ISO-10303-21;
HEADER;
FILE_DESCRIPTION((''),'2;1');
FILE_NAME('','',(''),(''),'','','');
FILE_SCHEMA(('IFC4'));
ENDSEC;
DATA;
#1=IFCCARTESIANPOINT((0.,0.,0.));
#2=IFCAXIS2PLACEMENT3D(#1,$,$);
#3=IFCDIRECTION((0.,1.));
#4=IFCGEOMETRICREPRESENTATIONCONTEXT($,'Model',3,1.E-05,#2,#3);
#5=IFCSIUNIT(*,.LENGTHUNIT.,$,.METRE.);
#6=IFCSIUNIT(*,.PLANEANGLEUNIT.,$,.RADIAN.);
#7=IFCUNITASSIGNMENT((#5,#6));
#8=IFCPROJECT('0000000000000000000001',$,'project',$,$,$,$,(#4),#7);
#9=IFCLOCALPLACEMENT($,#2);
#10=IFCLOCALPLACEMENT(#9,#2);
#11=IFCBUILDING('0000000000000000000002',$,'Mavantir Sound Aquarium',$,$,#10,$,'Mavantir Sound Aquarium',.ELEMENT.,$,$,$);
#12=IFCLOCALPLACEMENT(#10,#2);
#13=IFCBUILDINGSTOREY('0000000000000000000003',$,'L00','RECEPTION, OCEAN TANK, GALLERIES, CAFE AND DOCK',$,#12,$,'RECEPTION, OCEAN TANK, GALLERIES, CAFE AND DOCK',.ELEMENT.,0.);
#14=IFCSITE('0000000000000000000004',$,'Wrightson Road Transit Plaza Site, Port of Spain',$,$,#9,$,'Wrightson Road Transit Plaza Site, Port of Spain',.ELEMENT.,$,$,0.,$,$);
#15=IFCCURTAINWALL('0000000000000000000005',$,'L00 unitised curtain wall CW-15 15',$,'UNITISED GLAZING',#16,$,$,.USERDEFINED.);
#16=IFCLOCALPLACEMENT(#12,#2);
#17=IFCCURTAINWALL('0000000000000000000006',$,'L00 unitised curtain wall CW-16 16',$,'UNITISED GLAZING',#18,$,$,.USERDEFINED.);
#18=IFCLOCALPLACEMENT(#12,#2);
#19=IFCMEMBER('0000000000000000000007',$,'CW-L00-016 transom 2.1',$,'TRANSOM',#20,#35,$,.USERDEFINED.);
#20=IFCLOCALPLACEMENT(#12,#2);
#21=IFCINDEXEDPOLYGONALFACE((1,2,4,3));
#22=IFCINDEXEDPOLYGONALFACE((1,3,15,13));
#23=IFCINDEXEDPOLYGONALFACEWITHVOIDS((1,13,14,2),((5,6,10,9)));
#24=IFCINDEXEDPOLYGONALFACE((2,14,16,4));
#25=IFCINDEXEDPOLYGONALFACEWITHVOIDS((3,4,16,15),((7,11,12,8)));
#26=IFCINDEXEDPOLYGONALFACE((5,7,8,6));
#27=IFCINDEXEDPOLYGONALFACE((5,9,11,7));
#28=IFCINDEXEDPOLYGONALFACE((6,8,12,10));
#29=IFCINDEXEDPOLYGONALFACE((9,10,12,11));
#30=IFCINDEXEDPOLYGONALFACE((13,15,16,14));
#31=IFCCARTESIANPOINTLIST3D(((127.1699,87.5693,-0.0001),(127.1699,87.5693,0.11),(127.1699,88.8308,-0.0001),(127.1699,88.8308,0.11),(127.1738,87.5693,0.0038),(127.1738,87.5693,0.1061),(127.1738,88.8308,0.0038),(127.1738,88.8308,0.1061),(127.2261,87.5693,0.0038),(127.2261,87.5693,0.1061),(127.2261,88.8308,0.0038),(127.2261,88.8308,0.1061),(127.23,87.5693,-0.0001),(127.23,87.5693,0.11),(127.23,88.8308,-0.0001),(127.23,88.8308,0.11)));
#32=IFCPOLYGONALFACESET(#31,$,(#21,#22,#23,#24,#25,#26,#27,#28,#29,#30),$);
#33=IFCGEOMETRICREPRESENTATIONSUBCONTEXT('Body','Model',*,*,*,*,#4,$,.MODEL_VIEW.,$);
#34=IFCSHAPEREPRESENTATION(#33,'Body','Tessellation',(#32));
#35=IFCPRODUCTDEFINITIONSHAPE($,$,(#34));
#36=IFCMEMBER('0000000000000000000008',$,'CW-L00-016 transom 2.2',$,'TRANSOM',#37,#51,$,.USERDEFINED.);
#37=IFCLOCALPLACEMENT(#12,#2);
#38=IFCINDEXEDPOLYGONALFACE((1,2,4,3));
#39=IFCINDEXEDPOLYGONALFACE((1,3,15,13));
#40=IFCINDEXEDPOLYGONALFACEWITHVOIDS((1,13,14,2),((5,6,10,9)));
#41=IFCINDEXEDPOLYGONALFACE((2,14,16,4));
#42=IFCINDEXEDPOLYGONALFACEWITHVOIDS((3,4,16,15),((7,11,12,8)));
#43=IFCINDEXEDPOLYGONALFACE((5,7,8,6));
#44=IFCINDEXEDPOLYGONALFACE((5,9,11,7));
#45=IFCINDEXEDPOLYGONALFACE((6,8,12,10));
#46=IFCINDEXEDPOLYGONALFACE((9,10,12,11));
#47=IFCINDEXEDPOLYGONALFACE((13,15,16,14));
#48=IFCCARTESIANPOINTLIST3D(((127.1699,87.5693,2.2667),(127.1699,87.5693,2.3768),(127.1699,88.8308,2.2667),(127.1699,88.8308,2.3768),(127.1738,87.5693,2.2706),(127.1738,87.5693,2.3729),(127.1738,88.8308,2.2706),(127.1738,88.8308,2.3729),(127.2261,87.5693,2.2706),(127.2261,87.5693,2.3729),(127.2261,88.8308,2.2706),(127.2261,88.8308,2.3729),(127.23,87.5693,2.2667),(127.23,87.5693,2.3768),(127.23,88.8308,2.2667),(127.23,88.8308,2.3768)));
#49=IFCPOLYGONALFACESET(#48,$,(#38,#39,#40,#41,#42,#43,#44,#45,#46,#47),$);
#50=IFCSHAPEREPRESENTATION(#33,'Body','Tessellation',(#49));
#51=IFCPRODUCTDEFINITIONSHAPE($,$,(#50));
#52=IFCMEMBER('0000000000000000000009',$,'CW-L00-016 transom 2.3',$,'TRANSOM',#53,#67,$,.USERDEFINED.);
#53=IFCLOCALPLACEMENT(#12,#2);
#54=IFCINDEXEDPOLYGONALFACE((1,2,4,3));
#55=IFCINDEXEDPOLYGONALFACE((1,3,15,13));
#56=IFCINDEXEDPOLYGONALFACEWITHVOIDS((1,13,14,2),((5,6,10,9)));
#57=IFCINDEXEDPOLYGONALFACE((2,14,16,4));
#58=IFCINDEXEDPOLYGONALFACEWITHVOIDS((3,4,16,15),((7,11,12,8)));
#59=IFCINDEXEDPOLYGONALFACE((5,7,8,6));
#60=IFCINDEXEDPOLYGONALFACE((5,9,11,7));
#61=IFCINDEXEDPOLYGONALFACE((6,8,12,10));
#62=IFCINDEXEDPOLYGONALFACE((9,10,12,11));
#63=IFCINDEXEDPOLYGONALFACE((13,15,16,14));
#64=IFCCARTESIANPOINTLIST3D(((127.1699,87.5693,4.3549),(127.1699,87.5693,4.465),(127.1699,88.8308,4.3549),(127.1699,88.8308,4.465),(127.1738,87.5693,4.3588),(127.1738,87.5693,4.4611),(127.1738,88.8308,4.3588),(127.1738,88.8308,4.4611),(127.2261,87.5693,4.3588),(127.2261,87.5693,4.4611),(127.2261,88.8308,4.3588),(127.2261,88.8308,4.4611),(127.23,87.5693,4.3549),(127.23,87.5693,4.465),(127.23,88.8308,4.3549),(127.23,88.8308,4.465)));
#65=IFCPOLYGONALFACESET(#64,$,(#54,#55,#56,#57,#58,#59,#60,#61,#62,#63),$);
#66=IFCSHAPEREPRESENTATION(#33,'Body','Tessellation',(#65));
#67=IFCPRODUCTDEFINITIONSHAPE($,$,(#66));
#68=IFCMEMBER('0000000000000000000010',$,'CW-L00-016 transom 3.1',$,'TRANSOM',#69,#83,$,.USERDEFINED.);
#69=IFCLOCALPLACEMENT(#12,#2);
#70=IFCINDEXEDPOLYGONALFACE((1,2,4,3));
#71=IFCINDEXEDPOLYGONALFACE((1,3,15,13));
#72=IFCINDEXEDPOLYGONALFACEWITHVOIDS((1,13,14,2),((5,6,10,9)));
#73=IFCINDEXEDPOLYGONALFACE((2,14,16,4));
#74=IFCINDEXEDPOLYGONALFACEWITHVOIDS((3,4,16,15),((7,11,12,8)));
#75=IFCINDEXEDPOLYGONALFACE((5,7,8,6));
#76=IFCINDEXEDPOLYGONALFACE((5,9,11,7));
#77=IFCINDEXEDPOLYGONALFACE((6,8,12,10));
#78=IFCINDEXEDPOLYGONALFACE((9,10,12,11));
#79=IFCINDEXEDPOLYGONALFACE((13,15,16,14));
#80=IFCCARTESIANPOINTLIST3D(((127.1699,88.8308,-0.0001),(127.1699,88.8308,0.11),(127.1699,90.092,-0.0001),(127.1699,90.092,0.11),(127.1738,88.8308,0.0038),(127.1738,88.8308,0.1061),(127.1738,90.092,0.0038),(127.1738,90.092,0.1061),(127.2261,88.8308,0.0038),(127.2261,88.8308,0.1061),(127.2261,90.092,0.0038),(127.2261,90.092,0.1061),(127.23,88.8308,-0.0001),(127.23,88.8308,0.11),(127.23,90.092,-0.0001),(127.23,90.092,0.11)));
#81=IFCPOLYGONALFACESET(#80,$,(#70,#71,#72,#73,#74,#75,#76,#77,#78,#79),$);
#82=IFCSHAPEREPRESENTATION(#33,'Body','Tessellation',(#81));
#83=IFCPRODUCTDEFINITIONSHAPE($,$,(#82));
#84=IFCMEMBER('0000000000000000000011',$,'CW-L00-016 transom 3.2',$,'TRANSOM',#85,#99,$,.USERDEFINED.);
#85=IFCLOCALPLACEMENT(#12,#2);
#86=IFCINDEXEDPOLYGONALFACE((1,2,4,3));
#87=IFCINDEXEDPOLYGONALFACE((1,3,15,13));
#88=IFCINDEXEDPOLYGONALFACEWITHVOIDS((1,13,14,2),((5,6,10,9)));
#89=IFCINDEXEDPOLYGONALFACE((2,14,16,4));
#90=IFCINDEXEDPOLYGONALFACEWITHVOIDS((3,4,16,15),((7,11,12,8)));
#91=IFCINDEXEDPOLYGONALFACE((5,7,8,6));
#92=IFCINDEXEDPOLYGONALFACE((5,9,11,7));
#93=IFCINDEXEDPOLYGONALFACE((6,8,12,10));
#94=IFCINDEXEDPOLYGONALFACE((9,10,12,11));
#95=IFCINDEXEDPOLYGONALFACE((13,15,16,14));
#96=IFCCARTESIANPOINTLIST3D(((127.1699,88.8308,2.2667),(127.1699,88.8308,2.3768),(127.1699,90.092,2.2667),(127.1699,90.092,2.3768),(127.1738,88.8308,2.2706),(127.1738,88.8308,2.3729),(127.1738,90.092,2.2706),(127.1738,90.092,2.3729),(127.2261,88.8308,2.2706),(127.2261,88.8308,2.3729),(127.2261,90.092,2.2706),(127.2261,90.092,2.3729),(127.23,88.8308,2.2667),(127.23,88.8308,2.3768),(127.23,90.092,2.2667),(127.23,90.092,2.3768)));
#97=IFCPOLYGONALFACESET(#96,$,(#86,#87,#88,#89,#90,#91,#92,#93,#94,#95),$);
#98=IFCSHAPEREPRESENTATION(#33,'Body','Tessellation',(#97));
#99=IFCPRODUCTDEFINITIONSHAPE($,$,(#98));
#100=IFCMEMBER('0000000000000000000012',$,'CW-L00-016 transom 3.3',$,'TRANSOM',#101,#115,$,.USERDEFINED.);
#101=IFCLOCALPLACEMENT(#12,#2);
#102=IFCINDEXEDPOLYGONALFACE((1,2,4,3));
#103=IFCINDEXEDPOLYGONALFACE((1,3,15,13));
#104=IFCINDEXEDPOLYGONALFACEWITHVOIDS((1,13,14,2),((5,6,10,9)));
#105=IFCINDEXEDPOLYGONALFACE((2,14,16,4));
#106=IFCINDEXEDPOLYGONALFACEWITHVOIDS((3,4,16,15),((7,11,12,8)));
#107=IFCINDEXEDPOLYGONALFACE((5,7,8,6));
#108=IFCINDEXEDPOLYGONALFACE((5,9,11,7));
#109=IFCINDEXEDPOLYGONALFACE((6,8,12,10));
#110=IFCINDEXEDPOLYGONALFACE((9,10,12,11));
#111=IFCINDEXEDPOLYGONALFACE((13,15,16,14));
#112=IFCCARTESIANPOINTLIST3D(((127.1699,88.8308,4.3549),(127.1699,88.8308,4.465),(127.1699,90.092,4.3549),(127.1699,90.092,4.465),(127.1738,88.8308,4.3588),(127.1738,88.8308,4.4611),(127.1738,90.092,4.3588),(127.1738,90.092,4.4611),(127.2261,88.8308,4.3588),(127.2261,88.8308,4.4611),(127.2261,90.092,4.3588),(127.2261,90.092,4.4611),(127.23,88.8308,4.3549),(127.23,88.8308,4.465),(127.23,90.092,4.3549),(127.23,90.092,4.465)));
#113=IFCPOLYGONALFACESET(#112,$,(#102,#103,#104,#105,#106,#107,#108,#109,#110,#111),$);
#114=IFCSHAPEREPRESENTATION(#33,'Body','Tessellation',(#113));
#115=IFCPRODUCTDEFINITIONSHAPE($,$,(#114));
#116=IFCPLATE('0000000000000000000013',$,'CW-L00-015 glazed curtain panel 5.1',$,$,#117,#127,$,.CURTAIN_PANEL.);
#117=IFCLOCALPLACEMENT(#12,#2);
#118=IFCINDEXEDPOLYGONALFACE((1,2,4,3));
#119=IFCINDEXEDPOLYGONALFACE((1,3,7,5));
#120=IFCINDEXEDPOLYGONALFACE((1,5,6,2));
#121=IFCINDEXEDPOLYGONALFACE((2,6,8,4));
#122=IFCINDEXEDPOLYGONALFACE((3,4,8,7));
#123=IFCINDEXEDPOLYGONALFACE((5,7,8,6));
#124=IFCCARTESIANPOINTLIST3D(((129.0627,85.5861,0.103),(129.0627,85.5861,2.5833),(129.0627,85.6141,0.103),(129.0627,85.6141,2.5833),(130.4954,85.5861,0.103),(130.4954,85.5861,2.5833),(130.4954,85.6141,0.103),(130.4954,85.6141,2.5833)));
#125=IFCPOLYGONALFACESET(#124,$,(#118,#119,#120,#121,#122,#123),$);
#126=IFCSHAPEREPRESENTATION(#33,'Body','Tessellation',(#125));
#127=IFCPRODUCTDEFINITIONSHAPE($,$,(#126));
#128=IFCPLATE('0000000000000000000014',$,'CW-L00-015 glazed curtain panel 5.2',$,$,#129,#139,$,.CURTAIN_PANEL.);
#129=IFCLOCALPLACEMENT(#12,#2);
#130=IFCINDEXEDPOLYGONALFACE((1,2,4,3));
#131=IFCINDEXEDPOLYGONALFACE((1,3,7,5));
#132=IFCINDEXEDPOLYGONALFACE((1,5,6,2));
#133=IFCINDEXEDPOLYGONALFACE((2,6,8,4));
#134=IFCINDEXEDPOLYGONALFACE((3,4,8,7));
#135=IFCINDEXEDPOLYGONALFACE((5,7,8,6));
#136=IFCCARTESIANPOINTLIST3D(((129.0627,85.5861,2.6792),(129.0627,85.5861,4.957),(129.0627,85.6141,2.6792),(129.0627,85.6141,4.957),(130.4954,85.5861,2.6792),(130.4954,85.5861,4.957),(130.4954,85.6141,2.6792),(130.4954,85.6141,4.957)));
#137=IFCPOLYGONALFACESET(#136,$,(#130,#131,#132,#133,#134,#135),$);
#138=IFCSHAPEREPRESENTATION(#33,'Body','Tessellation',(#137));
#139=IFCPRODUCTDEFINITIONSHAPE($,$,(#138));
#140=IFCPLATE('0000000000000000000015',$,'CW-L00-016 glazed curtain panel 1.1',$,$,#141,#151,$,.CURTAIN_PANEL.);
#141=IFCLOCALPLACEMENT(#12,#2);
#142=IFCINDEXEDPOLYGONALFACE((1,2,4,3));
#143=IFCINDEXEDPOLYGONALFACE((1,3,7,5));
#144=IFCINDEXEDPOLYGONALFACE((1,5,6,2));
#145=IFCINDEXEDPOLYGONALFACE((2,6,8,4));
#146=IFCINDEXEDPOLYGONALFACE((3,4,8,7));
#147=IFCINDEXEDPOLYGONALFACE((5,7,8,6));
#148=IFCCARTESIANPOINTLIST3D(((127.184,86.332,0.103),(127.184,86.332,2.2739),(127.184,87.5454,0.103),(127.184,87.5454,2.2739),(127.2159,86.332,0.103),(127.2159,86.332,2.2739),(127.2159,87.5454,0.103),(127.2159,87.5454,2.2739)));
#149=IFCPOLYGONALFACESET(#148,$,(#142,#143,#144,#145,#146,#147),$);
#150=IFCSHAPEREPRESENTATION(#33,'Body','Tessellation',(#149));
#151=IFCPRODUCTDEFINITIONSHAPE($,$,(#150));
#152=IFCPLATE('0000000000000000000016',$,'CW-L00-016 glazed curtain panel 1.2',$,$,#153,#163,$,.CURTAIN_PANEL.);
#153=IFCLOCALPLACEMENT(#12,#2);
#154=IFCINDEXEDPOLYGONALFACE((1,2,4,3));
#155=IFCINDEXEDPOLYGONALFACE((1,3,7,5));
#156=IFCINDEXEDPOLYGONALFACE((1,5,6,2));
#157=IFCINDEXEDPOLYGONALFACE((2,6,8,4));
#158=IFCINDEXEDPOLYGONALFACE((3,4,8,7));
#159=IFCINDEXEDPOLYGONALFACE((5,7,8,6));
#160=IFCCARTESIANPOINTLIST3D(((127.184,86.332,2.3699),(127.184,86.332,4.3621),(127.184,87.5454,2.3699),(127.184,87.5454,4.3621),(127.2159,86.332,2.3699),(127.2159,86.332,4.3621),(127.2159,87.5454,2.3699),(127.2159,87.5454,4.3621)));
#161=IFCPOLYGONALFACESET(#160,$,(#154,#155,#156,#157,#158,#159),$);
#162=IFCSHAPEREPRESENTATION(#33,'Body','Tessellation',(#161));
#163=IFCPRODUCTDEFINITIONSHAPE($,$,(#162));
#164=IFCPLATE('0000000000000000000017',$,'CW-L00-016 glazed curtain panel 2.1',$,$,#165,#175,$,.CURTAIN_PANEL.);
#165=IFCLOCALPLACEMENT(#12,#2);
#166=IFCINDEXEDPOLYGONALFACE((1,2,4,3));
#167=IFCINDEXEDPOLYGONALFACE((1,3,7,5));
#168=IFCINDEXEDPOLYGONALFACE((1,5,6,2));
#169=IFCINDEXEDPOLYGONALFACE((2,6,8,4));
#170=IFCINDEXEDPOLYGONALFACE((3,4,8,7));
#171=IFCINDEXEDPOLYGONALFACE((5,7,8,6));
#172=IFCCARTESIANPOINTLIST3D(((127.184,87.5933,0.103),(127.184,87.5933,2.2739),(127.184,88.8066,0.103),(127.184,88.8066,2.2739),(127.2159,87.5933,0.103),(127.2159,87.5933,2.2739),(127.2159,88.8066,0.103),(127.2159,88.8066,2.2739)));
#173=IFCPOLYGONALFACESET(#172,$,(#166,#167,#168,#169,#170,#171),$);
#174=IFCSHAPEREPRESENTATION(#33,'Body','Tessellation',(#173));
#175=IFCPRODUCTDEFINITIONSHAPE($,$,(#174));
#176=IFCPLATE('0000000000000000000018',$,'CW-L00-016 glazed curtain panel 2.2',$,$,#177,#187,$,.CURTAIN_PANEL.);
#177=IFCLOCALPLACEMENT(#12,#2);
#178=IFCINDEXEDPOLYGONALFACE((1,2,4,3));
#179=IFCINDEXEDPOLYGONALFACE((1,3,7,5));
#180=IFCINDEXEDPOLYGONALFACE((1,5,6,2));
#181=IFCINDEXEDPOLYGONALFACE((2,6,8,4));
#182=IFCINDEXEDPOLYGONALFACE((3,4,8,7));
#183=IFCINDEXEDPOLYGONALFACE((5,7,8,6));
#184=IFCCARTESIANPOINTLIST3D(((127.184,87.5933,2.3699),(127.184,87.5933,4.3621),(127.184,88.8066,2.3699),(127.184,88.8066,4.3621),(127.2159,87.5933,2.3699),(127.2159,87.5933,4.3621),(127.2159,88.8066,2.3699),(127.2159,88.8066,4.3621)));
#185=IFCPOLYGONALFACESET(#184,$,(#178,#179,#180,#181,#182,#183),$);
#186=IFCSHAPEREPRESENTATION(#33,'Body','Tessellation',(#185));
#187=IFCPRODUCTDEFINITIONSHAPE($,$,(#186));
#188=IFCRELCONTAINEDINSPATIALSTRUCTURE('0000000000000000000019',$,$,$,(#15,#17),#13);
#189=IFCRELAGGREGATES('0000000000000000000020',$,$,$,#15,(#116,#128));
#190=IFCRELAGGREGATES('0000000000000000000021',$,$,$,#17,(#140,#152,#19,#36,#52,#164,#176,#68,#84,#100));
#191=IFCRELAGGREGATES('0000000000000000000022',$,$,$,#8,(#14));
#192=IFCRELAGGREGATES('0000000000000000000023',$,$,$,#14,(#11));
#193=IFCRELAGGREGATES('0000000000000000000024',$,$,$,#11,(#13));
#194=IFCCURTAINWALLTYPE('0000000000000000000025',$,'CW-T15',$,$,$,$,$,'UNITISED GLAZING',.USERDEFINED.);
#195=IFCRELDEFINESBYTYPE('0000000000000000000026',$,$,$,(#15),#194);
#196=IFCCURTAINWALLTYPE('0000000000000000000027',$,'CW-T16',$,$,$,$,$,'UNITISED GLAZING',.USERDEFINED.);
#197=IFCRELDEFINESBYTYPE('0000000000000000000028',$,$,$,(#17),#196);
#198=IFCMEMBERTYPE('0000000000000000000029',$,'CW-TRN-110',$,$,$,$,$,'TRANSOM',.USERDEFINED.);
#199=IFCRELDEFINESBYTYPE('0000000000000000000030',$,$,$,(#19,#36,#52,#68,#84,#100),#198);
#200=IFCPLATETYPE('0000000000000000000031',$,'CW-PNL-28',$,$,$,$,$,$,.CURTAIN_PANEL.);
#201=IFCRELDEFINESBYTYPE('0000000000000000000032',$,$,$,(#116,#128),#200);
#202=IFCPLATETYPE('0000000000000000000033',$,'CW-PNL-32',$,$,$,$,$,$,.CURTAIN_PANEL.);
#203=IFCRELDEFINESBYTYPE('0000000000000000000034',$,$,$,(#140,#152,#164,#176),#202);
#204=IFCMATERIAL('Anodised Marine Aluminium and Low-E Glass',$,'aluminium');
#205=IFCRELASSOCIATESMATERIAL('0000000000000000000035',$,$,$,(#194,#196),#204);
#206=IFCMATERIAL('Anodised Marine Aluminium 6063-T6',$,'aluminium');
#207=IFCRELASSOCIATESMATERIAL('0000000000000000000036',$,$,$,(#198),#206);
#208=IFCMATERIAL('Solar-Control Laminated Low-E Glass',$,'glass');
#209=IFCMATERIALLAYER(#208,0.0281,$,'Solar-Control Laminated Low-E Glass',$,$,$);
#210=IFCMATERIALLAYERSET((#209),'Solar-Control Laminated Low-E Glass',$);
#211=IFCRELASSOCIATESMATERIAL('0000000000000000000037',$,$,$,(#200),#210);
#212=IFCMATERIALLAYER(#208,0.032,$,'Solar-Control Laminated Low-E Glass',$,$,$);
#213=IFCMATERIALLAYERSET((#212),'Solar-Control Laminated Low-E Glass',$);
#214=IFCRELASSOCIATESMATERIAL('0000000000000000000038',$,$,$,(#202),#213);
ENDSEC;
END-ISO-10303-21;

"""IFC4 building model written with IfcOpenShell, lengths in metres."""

from ifc_helpers import new_model, si_unit, direction, frame, origin, origin_2d, place, context, subcontext, project, spatial, rectangle, hollow_rectangle, extrude, material, layer, layer_set, material_profile, profile_set, type_object, element, aggregate, save


model = new_model("IFC4")

# Units and contexts
model_context = context("Model", 3, precision=1e-05, world=origin(), true_north=direction((0.0, 1.0)))
body_context = subcontext(model_context, "Body", "Model", "MODEL_VIEW")
ifc_project = project(units=[si_unit("LENGTHUNIT", "METRE"), si_unit("PLANEANGLEUNIT", "RADIAN")], contexts=[model_context])

# Site, building, storey
site_placement = place(None, origin())
site = spatial("IfcSite", under=ifc_project, at=site_placement, Name="Wrightson Road Transit Plaza Site, Port of Spain", LongName="Wrightson Road Transit Plaza Site, Port of Spain", CompositionType="ELEMENT", RefElevation=0.0)
building_placement = place(site_placement, origin())
building = spatial("IfcBuilding", under=site, at=building_placement, Name="Mavantir Sound Aquarium", LongName="Mavantir Sound Aquarium", CompositionType="ELEMENT")
storey_placement = place(building_placement, origin())
storey = spatial("IfcBuildingStorey", under=building, at=storey_placement, Name="L00", Description="RECEPTION, OCEAN TANK, GALLERIES, CAFE AND DOCK", LongName="RECEPTION, OCEAN TANK, GALLERIES, CAFE AND DOCK", CompositionType="ELEMENT", Elevation=0.0)

# Curtain wall
ifc_material_1 = material(Name="Anodised Marine Aluminium and Low-E Glass", Category="aluminium")
curtain_wall_type_1 = type_object("IfcCurtainWallType", Name="CW-T15", ElementType="UNITISED GLAZING", PredefinedType="USERDEFINED", material=ifc_material_1)
curtain_wall_1_placement = place(storey_placement, origin())
curtain_wall_1 = element("IfcCurtainWall", 1, at=curtain_wall_1_placement, inside=storey, type_object=curtain_wall_type_1, Name="L00 unitised curtain wall CW-15 15", ObjectType="UNITISED GLAZING", PredefinedType="USERDEFINED")
ifc_material_2 = material(Name="Anodised Marine Aluminium 6063-T6", Category="aluminium")

# Curtain wall
curtain_wall_type_2 = type_object("IfcCurtainWallType", Name="CW-T16", ElementType="UNITISED GLAZING", PredefinedType="USERDEFINED", material=ifc_material_1)
curtain_wall_2_placement = place(storey_placement, origin())
curtain_wall_2 = element("IfcCurtainWall", 2, at=curtain_wall_2_placement, inside=storey, type_object=curtain_wall_type_2, Name="L00 unitised curtain wall CW-16 16", ObjectType="UNITISED GLAZING", PredefinedType="USERDEFINED")

# Members
ifc_material_profile_1 = material_profile(ifc_material_2, hollow_rectangle(XDim=0.0601, YDim=0.1101, WallThickness=0.0039, at=origin_2d()), Name="ALU-TRANSOM-110X60")
ifc_profile_set_1 = profile_set([ifc_material_profile_1], Name="Anodised Marine Aluminium 6063-T6")
member_type_1 = type_object("IfcMemberType", Name="CW-TRN-110", ElementType="TRANSOM", PredefinedType="USERDEFINED", material=ifc_profile_set_1)
member_1_placement = place(storey_placement, frame((127.2, 87.5693, 0.0549), z_axis=(0.0, 1.0, 0.0), x_axis=(-1.0, 0.0, 0.0)))
member_1 = element("IfcMember", 3, at=member_1_placement, type_object=member_type_1, Name="CW-L00-016 transom 2.1", ObjectType="TRANSOM", PredefinedType="USERDEFINED", context=body_context, shape_type="SweptSolid", body=[
    extrude(hollow_rectangle(XDim=0.0601, YDim=0.1101, WallThickness=0.0039, at=origin_2d()), origin(), (0.0, 0.0, 1.0), 1.2615),
])
member_2_placement = place(storey_placement, frame((127.2, 87.5693, 2.3218), z_axis=(0.0, 1.0, 0.0), x_axis=(-1.0, 0.0, 0.0)))
member_2 = element("IfcMember", 4, at=member_2_placement, type_object=member_type_1, Name="CW-L00-016 transom 2.2", ObjectType="TRANSOM", PredefinedType="USERDEFINED", context=body_context, shape_type="SweptSolid", body=[
    extrude(hollow_rectangle(XDim=0.0601, YDim=0.1101, WallThickness=0.0039, at=origin_2d()), origin(), (0.0, 0.0, 1.0), 1.2615),
])
member_3_placement = place(storey_placement, frame((127.2, 87.5693, 4.4099), z_axis=(0.0, 1.0, 0.0), x_axis=(-1.0, 0.0, 0.0)))
member_3 = element("IfcMember", 5, at=member_3_placement, type_object=member_type_1, Name="CW-L00-016 transom 2.3", ObjectType="TRANSOM", PredefinedType="USERDEFINED", context=body_context, shape_type="SweptSolid", body=[
    extrude(hollow_rectangle(XDim=0.0601, YDim=0.1101, WallThickness=0.0039, at=origin_2d()), origin(), (0.0, 0.0, 1.0), 1.2615),
])
member_4_placement = place(storey_placement, frame((127.2, 88.8308, 0.0549), z_axis=(0.0, 1.0, 0.0), x_axis=(-1.0, 0.0, 0.0)))
member_4 = element("IfcMember", 6, at=member_4_placement, type_object=member_type_1, Name="CW-L00-016 transom 3.1", ObjectType="TRANSOM", PredefinedType="USERDEFINED", context=body_context, shape_type="SweptSolid", body=[
    extrude(hollow_rectangle(XDim=0.0601, YDim=0.1101, WallThickness=0.0039, at=origin_2d()), origin(), (0.0, 0.0, 1.0), 1.2612),
])
member_5_placement = place(storey_placement, frame((127.2, 88.8308, 2.3218), z_axis=(0.0, 1.0, 0.0), x_axis=(-1.0, 0.0, 0.0)))
member_5 = element("IfcMember", 7, at=member_5_placement, type_object=member_type_1, Name="CW-L00-016 transom 3.2", ObjectType="TRANSOM", PredefinedType="USERDEFINED", context=body_context, shape_type="SweptSolid", body=[
    extrude(hollow_rectangle(XDim=0.0601, YDim=0.1101, WallThickness=0.0039, at=origin_2d()), origin(), (0.0, 0.0, 1.0), 1.2612),
])
member_6_placement = place(storey_placement, frame((127.2, 88.8308, 4.4099), z_axis=(0.0, 1.0, 0.0), x_axis=(-1.0, 0.0, 0.0)))
member_6 = element("IfcMember", 8, at=member_6_placement, type_object=member_type_1, Name="CW-L00-016 transom 3.3", ObjectType="TRANSOM", PredefinedType="USERDEFINED", context=body_context, shape_type="SweptSolid", body=[
    extrude(hollow_rectangle(XDim=0.0601, YDim=0.1101, WallThickness=0.0039, at=origin_2d()), origin(), (0.0, 0.0, 1.0), 1.2612),
])

# Plates
ifc_material_3 = material(Name="Solar-Control Laminated Low-E Glass", Category="glass")
ifc_layer_1 = layer(ifc_material_3, 0.0281, Name="Solar-Control Laminated Low-E Glass")
ifc_layer_set_1 = layer_set([ifc_layer_1], Name="Solar-Control Laminated Low-E Glass")
plate_type_1 = type_object("IfcPlateType", Name="CW-PNL-28", PredefinedType="CURTAIN_PANEL", material=ifc_layer_set_1)
plate_1_placement = place(storey_placement, frame((129.7791, 85.6001, 0.103), z_axis=(0.0, 0.0, 1.0), x_axis=(-1.0, 0.0, 0.0)))
plate_1 = element("IfcPlate", 9, at=plate_1_placement, type_object=plate_type_1, Name="CW-L00-015 glazed curtain panel 5.1", PredefinedType="CURTAIN_PANEL", context=body_context, shape_type="SweptSolid", body=[
    extrude(rectangle(XDim=1.4326, YDim=0.0281, at=origin_2d()), origin(), (0.0, 0.0, 1.0), 2.4802),
])
plate_2_placement = place(storey_placement, frame((129.7791, 85.6001, 2.6792), z_axis=(0.0, 0.0, 1.0), x_axis=(-1.0, 0.0, 0.0)))
plate_2 = element("IfcPlate", 10, at=plate_2_placement, type_object=plate_type_1, Name="CW-L00-015 glazed curtain panel 5.2", PredefinedType="CURTAIN_PANEL", context=body_context, shape_type="SweptSolid", body=[
    extrude(rectangle(XDim=1.4326, YDim=0.0281, at=origin_2d()), origin(), (0.0, 0.0, 1.0), 2.2778),
])
aggregate(curtain_wall_1, [plate_1, plate_2])
ifc_layer_2 = layer(ifc_material_3, 0.032, Name="Solar-Control Laminated Low-E Glass")
ifc_layer_set_2 = layer_set([ifc_layer_2], Name="Solar-Control Laminated Low-E Glass")
plate_type_2 = type_object("IfcPlateType", Name="CW-PNL-32", PredefinedType="CURTAIN_PANEL", material=ifc_layer_set_2)
plate_3_placement = place(storey_placement, frame((127.2, 86.9387, 0.103), z_axis=(0.0, 0.0, 1.0), x_axis=(0.0, 1.0, 0.0)))
plate_3 = element("IfcPlate", 11, at=plate_3_placement, type_object=plate_type_2, Name="CW-L00-016 glazed curtain panel 1.1", PredefinedType="CURTAIN_PANEL", context=body_context, shape_type="SweptSolid", body=[
    extrude(rectangle(XDim=1.2134, YDim=0.032, at=origin_2d()), origin(), (0.0, 0.0, 1.0), 2.1709),
])
plate_4_placement = place(storey_placement, frame((127.2, 86.9387, 2.3699), z_axis=(0.0, 0.0, 1.0), x_axis=(0.0, 1.0, 0.0)))
plate_4 = element("IfcPlate", 12, at=plate_4_placement, type_object=plate_type_2, Name="CW-L00-016 glazed curtain panel 1.2", PredefinedType="CURTAIN_PANEL", context=body_context, shape_type="SweptSolid", body=[
    extrude(rectangle(XDim=1.2134, YDim=0.032, at=origin_2d()), origin(), (0.0, 0.0, 1.0), 1.9922),
])
plate_5_placement = place(storey_placement, frame((127.2, 88.2, 0.103), z_axis=(0.0, 0.0, 1.0), x_axis=(0.0, 1.0, 0.0)))
plate_5 = element("IfcPlate", 13, at=plate_5_placement, type_object=plate_type_2, Name="CW-L00-016 glazed curtain panel 2.1", PredefinedType="CURTAIN_PANEL", context=body_context, shape_type="SweptSolid", body=[
    extrude(rectangle(XDim=1.2134, YDim=0.032, at=origin_2d()), origin(), (0.0, 0.0, 1.0), 2.1709),
])
plate_6_placement = place(storey_placement, frame((127.2, 88.2, 2.3699), z_axis=(0.0, 0.0, 1.0), x_axis=(0.0, 1.0, 0.0)))
plate_6 = element("IfcPlate", 14, at=plate_6_placement, type_object=plate_type_2, Name="CW-L00-016 glazed curtain panel 2.2", PredefinedType="CURTAIN_PANEL", context=body_context, shape_type="SweptSolid", body=[
    extrude(rectangle(XDim=1.2134, YDim=0.032, at=origin_2d()), origin(), (0.0, 0.0, 1.0), 1.9922),
])
aggregate(curtain_wall_2, [plate_3, plate_4, member_1, member_2, member_3, plate_5, plate_6, member_4, member_5, member_6])

save(model, "model.ifc")
